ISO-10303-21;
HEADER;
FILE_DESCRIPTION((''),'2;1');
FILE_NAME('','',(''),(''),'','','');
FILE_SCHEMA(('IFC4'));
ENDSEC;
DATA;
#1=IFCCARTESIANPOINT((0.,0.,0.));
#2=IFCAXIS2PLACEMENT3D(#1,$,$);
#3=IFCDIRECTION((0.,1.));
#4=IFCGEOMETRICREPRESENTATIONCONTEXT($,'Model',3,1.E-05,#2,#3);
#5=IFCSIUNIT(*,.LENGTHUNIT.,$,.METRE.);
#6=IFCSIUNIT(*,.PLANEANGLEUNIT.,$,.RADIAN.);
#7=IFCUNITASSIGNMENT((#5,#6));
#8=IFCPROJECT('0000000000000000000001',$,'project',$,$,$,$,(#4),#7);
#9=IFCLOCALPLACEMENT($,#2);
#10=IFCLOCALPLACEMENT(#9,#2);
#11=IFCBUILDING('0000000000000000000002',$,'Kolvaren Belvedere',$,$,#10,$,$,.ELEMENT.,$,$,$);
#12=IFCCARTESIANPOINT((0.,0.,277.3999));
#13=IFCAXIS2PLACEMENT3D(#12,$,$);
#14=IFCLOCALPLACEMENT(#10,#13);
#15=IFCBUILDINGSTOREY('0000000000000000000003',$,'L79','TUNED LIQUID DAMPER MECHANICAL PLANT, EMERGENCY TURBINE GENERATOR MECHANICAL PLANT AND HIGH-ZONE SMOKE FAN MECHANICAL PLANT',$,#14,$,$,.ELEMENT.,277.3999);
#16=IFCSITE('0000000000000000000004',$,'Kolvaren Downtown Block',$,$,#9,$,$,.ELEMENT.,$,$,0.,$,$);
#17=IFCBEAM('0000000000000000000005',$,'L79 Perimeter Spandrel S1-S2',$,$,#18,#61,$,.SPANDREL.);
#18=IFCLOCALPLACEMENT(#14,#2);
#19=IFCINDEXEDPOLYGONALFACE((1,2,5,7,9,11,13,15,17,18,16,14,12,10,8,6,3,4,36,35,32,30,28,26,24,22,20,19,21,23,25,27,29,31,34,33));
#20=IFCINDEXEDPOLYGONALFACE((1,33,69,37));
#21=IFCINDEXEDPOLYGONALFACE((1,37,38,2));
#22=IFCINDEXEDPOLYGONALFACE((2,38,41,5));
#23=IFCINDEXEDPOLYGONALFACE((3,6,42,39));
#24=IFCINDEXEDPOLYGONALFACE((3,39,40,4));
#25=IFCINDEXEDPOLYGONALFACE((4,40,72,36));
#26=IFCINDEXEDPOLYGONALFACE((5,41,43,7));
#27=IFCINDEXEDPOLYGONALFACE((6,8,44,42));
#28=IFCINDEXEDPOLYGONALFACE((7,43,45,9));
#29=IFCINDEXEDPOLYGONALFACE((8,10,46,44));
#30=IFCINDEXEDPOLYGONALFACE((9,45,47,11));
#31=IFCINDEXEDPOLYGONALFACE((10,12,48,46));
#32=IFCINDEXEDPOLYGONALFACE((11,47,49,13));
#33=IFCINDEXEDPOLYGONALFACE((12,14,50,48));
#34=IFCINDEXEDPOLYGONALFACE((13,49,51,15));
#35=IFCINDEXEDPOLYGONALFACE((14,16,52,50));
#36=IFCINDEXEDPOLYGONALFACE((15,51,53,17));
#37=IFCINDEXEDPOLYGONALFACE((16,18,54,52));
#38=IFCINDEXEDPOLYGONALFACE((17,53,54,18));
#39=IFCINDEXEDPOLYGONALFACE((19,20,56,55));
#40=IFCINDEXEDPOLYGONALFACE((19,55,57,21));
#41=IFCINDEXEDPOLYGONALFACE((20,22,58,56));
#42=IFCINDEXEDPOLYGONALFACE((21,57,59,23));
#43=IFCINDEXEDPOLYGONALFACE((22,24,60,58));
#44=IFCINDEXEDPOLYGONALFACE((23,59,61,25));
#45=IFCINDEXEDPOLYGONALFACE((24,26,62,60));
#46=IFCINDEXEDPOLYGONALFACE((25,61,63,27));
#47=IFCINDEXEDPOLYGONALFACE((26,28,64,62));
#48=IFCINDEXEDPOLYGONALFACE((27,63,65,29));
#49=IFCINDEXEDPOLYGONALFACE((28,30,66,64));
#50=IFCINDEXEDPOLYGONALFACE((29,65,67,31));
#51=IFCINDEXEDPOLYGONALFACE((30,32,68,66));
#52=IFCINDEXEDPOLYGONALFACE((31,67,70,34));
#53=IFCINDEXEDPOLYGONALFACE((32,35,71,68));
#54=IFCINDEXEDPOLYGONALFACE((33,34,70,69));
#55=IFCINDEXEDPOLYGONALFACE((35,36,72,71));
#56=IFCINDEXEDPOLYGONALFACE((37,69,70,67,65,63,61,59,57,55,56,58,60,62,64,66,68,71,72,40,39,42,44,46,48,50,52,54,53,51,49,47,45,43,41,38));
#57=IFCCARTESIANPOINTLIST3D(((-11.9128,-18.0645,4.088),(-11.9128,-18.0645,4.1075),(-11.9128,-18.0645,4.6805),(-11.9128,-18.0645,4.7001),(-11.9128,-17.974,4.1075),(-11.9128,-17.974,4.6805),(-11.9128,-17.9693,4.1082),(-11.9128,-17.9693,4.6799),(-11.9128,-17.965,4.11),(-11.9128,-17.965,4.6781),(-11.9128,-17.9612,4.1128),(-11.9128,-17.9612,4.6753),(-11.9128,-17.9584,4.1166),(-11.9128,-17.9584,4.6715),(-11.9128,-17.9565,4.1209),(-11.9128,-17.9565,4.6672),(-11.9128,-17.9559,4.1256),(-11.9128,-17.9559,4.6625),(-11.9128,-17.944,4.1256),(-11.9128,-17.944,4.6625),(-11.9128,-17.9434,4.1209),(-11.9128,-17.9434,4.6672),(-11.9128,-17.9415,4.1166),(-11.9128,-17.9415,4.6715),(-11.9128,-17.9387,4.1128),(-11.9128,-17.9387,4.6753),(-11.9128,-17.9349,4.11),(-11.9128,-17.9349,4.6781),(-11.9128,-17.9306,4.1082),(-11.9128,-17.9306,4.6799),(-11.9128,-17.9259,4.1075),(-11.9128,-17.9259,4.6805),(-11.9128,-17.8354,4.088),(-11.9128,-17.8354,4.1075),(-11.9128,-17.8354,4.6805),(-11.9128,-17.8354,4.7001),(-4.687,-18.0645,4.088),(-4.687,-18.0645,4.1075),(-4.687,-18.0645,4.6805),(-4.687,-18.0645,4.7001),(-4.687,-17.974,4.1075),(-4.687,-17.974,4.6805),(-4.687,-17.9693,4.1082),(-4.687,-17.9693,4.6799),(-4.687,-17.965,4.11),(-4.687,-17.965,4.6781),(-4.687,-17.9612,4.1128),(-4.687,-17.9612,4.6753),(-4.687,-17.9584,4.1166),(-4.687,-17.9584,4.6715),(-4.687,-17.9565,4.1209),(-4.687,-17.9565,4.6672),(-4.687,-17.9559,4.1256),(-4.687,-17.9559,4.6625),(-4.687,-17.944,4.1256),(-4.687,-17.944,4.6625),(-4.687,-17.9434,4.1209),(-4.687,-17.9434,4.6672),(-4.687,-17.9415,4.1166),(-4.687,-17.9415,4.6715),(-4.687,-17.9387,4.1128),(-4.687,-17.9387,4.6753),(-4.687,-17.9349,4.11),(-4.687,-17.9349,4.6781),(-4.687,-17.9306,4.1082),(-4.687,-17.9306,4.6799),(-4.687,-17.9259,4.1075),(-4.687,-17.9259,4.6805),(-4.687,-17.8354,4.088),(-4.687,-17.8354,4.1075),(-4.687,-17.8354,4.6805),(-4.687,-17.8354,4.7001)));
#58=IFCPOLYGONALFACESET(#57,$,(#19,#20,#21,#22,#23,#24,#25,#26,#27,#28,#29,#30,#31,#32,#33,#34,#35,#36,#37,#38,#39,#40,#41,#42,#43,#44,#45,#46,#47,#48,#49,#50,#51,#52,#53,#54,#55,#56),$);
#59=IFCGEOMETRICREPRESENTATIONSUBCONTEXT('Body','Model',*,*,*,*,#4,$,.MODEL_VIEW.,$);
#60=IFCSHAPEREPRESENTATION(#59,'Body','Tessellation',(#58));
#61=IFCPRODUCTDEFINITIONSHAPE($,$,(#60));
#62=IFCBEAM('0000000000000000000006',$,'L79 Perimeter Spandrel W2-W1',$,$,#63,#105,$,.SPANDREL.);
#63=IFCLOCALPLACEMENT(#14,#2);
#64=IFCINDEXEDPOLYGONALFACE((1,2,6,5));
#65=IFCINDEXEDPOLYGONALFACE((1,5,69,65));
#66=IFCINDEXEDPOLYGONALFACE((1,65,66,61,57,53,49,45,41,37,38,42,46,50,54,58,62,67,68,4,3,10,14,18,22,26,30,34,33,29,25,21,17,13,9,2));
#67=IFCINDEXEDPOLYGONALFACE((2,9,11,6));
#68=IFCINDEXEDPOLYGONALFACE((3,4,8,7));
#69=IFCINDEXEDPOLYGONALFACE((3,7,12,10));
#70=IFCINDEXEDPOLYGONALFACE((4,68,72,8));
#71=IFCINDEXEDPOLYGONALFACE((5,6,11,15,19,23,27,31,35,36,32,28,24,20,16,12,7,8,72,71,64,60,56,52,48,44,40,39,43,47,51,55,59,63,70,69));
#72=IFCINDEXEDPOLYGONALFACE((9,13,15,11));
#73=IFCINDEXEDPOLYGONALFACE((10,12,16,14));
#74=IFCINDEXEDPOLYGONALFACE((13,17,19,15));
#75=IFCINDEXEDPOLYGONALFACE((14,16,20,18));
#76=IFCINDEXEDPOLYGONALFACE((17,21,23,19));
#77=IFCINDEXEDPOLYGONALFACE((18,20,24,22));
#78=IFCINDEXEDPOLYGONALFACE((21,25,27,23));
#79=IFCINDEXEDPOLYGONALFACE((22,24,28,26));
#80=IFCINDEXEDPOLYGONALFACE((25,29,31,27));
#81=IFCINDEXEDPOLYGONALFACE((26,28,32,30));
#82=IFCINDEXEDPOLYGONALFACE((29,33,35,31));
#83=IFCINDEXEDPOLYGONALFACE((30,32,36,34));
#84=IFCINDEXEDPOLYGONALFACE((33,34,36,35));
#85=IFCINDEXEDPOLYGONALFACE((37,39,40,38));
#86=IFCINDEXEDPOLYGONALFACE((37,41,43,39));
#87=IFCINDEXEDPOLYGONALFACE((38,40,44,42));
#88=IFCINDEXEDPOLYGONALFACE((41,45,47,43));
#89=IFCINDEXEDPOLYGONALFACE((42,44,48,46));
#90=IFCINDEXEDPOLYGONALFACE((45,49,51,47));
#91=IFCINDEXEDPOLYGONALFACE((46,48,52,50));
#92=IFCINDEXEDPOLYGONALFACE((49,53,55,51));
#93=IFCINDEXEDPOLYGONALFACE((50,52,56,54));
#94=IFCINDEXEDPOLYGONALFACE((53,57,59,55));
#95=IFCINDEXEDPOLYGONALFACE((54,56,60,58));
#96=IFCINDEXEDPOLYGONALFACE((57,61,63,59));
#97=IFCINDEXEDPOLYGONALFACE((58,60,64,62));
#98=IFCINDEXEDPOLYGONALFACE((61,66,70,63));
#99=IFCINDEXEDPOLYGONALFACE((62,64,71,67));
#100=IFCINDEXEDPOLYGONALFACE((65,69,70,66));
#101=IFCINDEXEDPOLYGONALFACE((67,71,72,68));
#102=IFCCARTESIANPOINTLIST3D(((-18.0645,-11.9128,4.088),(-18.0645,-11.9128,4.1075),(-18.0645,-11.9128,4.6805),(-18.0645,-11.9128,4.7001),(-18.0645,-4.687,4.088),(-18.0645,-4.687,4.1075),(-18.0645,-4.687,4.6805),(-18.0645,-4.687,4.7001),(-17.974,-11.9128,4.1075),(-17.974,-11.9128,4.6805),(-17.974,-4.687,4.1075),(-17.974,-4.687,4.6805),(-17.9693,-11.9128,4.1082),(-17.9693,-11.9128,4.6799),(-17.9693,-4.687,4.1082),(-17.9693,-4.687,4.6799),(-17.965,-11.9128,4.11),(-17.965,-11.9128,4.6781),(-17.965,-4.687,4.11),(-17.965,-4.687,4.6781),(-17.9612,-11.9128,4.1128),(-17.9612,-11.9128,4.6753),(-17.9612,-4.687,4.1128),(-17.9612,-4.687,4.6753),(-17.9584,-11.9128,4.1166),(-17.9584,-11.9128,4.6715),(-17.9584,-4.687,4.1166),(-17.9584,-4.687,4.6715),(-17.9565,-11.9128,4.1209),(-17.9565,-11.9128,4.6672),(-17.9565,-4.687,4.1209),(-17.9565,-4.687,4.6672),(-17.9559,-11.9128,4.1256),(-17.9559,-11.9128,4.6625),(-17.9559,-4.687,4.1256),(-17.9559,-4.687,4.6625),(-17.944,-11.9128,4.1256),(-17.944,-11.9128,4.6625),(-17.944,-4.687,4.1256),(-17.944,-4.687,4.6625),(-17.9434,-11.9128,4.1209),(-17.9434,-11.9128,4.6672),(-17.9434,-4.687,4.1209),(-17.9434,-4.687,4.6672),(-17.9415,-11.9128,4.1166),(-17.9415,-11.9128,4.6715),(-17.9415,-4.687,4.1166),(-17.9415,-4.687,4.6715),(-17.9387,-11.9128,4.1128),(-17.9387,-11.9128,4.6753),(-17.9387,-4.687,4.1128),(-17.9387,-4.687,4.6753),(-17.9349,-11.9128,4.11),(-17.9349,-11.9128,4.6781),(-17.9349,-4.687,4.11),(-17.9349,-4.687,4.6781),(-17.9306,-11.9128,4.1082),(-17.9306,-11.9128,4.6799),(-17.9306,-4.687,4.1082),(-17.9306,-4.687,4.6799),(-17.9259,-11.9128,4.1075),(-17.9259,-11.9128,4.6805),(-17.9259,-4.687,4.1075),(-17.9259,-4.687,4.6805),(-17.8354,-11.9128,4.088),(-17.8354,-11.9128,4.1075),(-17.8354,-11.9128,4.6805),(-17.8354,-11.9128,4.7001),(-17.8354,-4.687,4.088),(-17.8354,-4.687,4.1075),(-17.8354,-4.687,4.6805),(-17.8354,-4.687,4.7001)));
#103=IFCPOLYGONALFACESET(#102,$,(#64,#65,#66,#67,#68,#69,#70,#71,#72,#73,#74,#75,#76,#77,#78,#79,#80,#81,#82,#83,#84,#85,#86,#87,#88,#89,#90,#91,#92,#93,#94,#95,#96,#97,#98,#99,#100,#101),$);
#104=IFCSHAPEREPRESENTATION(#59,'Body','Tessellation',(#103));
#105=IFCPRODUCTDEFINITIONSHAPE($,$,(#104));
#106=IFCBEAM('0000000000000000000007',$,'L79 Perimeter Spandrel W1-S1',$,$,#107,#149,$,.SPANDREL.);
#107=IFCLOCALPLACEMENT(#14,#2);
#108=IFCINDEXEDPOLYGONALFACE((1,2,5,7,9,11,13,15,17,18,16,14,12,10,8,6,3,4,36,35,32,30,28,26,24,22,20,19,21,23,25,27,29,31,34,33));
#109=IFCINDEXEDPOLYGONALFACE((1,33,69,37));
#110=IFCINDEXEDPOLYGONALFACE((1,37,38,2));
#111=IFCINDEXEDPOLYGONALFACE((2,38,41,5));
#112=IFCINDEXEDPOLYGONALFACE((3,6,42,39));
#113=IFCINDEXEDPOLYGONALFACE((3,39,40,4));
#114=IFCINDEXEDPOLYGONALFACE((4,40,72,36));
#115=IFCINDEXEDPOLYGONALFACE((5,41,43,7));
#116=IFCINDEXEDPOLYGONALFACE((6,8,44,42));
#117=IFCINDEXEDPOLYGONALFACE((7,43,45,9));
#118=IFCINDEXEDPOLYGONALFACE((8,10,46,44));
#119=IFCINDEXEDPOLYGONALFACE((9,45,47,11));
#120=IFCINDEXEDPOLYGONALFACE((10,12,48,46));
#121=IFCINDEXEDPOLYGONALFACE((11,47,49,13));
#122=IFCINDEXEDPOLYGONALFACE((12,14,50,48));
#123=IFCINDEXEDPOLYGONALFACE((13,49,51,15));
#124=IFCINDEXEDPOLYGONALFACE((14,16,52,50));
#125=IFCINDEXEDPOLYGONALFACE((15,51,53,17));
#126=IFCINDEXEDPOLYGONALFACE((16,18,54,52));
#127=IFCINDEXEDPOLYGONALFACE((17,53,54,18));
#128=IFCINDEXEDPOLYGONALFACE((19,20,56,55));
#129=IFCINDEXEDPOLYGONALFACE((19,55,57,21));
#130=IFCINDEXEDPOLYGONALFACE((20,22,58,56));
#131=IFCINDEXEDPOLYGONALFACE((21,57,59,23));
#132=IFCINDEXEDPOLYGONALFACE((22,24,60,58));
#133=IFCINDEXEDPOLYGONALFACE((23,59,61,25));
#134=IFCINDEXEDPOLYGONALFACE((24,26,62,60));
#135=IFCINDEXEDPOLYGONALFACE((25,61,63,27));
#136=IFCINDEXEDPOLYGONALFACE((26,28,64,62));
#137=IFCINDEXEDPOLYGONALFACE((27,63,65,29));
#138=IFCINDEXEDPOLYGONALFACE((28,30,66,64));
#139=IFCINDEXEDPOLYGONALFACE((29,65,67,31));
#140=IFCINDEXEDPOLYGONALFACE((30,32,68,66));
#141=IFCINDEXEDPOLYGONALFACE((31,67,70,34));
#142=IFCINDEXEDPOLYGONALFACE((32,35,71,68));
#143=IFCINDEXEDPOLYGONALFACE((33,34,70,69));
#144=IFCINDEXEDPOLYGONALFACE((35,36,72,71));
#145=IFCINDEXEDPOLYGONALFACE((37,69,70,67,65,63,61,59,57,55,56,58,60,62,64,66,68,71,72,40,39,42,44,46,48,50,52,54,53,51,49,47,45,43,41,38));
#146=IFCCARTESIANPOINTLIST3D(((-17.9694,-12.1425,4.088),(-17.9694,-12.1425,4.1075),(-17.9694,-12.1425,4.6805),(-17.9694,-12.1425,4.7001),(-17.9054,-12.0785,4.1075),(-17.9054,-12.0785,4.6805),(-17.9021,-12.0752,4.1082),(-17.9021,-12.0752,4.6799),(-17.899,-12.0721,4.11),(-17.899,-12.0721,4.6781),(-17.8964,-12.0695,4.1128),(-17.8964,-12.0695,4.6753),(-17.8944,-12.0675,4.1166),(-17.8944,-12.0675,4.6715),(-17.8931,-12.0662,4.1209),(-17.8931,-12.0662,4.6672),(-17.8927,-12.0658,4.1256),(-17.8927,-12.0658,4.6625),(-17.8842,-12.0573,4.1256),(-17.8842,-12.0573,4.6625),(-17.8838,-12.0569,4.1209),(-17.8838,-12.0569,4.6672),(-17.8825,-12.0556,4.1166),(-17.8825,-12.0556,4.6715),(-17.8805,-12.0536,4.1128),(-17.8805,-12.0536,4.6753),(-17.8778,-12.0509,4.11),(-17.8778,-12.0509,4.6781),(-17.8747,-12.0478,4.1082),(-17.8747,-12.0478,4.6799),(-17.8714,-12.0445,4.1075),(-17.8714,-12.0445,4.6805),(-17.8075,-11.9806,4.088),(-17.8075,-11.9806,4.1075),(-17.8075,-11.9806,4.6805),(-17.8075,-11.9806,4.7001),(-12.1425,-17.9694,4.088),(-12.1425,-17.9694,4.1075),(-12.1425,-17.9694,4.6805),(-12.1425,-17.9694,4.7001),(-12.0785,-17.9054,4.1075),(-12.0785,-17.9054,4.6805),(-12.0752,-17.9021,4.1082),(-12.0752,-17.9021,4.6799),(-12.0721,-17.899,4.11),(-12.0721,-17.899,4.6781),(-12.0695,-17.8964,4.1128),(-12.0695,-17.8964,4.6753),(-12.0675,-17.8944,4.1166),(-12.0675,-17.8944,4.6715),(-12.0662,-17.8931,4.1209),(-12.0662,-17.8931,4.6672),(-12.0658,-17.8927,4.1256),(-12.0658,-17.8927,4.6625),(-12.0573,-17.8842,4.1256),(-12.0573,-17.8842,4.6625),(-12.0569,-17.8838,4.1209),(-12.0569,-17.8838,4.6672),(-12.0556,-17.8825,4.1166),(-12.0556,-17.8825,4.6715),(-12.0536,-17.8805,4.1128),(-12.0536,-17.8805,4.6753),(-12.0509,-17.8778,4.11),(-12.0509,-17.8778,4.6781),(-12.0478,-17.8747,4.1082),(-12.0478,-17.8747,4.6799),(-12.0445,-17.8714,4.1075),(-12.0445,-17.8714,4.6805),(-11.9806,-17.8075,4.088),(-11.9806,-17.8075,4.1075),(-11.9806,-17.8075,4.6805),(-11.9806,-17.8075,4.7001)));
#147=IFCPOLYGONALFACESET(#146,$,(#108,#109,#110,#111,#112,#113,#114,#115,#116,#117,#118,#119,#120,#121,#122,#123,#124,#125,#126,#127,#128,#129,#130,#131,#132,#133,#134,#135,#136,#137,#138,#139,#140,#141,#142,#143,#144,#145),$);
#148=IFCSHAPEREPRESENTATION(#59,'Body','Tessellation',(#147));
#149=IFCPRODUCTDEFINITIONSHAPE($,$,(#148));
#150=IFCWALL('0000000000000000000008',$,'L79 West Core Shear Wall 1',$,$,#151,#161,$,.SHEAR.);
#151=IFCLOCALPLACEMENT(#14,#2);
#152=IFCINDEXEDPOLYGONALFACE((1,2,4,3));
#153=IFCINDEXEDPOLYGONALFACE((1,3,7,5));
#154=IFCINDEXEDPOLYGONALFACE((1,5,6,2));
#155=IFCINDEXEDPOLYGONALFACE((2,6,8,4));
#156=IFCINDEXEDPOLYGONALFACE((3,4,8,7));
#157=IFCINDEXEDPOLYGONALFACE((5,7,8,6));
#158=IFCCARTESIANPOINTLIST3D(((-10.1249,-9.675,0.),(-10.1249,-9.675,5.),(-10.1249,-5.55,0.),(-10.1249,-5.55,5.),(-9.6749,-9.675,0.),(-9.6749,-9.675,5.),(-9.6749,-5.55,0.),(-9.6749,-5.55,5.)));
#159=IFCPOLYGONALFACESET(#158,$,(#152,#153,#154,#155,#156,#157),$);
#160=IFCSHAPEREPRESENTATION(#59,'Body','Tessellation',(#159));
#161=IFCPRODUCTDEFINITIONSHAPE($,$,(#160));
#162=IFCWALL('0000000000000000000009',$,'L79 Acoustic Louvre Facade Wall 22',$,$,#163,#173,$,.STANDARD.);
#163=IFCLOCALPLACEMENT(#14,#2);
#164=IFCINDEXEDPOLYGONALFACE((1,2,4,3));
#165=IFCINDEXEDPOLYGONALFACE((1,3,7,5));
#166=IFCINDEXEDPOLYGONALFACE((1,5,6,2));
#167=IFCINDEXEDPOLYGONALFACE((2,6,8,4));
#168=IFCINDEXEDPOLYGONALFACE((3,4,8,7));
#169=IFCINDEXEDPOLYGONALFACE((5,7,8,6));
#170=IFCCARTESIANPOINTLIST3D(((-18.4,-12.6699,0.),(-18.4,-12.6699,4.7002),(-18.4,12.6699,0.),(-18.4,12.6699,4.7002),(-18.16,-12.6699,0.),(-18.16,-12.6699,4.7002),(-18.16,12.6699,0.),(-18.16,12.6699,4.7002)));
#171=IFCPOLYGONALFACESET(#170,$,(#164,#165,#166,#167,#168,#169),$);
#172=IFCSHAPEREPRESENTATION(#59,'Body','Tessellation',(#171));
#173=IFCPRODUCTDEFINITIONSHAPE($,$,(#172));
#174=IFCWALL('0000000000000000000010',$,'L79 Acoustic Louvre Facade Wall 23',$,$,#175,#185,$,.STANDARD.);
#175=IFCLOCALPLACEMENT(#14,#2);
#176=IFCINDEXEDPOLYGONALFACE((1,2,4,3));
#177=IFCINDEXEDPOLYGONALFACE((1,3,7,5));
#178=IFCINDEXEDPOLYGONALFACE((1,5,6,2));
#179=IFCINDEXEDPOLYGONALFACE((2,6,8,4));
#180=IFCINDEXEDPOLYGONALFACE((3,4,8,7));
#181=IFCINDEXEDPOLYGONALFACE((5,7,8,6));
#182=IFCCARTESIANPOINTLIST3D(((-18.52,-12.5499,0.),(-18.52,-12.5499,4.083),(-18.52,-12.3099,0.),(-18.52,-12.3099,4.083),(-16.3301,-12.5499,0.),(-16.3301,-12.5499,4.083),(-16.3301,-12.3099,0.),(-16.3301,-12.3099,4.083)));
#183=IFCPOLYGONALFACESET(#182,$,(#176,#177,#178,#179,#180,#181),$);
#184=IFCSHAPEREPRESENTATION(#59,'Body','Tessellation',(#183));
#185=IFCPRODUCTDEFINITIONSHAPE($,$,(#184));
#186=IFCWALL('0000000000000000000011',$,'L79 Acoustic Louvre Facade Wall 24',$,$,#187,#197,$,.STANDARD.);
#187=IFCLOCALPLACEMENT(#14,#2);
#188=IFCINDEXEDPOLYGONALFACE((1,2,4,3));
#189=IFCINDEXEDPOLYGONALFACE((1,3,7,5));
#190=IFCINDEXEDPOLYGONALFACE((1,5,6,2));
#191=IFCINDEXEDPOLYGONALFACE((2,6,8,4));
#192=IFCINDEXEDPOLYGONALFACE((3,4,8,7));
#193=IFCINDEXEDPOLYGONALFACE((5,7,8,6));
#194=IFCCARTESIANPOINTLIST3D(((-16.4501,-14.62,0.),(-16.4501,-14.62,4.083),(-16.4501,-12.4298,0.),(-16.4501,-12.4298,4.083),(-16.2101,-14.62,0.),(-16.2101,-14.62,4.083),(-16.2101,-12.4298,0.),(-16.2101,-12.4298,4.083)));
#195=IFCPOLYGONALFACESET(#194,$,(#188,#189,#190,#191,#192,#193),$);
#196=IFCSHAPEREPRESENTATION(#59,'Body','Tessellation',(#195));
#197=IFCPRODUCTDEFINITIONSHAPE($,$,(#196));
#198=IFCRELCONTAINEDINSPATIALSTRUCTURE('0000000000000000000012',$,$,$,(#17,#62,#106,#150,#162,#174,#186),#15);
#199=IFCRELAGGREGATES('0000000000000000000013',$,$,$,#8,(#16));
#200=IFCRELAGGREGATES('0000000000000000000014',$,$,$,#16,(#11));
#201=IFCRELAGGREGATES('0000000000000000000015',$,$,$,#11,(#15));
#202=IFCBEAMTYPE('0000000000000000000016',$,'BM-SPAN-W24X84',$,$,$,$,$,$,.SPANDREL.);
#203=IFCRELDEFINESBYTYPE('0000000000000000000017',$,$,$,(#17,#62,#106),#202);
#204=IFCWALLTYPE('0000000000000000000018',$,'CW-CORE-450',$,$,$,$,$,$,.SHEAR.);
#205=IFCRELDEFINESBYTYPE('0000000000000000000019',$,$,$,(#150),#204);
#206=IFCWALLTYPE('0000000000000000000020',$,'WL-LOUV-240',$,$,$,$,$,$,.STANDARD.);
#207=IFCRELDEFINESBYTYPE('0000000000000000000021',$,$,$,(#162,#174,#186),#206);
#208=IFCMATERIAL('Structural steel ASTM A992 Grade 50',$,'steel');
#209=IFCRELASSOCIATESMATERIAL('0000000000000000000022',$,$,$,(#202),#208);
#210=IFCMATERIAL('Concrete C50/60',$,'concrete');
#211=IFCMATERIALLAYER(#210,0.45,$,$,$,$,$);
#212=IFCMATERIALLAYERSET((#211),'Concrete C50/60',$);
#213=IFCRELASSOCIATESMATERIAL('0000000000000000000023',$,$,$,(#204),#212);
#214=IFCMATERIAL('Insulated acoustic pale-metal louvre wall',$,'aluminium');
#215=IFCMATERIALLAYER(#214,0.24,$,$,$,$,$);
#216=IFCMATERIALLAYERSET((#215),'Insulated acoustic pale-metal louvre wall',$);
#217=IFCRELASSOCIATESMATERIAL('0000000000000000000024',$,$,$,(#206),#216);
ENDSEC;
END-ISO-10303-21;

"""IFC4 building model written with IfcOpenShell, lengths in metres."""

from ifc_helpers import new_model, si_unit, direction, frame, frame_2d, origin, origin_2d, place, context, subcontext, project, spatial, rectangle, i_section, extrude, material, layer, layer_set, material_profile, profile_set, type_object, element, save


model = new_model("IFC4")

# Units and contexts
model_context = context("Model", 3, precision=1e-05, world=origin(), true_north=direction((0.0, 1.0)))
body_context = subcontext(model_context, "Body", "Model", "MODEL_VIEW")
ifc_project = project(units=[si_unit("LENGTHUNIT", "METRE"), si_unit("PLANEANGLEUNIT", "RADIAN")], contexts=[model_context])

# Site, building, storey
site_placement = place(None, origin())
site = spatial("IfcSite", under=ifc_project, at=site_placement, Name="Kolvaren Downtown Block", CompositionType="ELEMENT", RefElevation=0.0)
building_placement = place(site_placement, origin())
building = spatial("IfcBuilding", under=site, at=building_placement, Name="Kolvaren Belvedere", CompositionType="ELEMENT")
storey_placement = place(building_placement, frame((0.0, 0.0, 277.3999)))
storey = spatial("IfcBuildingStorey", under=building, at=storey_placement, Name="L79", Description="TUNED LIQUID DAMPER MECHANICAL PLANT, EMERGENCY TURBINE GENERATOR MECHANICAL PLANT AND HIGH-ZONE SMOKE FAN MECHANICAL PLANT", CompositionType="ELEMENT", Elevation=277.3999)

# Beams
ifc_material_1 = material(Name="Structural steel ASTM A992 Grade 50", Category="steel")
ifc_material_profile_1 = material_profile(ifc_material_1, i_section(OverallWidth=0.229, OverallDepth=0.6121, WebThickness=0.012, FlangeThickness=0.0195, FilletRadius=0.0181, at=origin_2d()), Name="W24X84")
ifc_profile_set_1 = profile_set([ifc_material_profile_1], Name="Structural steel ASTM A992 Grade 50")
beam_type_1 = type_object("IfcBeamType", Name="BM-SPAN-W24X84", PredefinedType="SPANDREL", material=ifc_profile_set_1)
for number, where, z_axis, x_axis, name in (
    (1, (-11.9128, -17.95, 4.394), (1.0, 0.0, 0.0), (0.0, 1.0, 0.0), "L79 Perimeter Spandrel S1-S2"),
    (2, (-17.95, -4.687, 4.394), (0.0, -1.0, 0.0), (1.0, 0.0, 0.0), "L79 Perimeter Spandrel W2-W1"),
):
    element("IfcBeam", number, at=place(storey_placement, frame(where, z_axis=z_axis, x_axis=x_axis)), inside=storey, type_object=beam_type_1, Name=name, PredefinedType="SPANDREL", context=body_context, shape_type="SweptSolid", body=[
        extrude(i_section(OverallWidth=0.229, OverallDepth=0.6121, WebThickness=0.012, FlangeThickness=0.0195, FilletRadius=0.0181, at=origin_2d()), origin(), (0.0, 0.0, 1.0), 7.2258),
    ])
beam_1_placement = place(storey_placement, frame((-17.8884, -12.0615, 4.394), z_axis=(0.707107, -0.707107, 0.0), x_axis=(0.707107, 0.707107, 0.0)))
element("IfcBeam", 3, at=beam_1_placement, inside=storey, type_object=beam_type_1, Name="L79 Perimeter Spandrel W1-S1", PredefinedType="SPANDREL", context=body_context, shape_type="SweptSolid", body=[
    extrude(i_section(OverallWidth=0.229, OverallDepth=0.6121, WebThickness=0.012, FlangeThickness=0.0195, FilletRadius=0.0181, at=origin_2d()), origin(), (0.0, 0.0, 1.0), 8.2405),
])

# Walls
ifc_material_2 = material(Name="Concrete C50/60", Category="concrete")
ifc_layer_1 = layer(ifc_material_2, 0.45)
ifc_layer_set_1 = layer_set([ifc_layer_1], Name="Concrete C50/60")
wall_type_1 = type_object("IfcWallType", Name="CW-CORE-450", PredefinedType="SHEAR", material=ifc_layer_set_1)
wall_1_placement = place(storey_placement, frame((-9.8999, -9.675, 0.0), z_axis=(0.0, 0.0, 1.0), x_axis=(0.0, 1.0, 0.0)))
element("IfcWall", 4, at=wall_1_placement, inside=storey, type_object=wall_type_1, Name="L79 West Core Shear Wall 1", PredefinedType="SHEAR", context=body_context, shape_type="SweptSolid", body=[
    extrude(rectangle(XDim=4.125, YDim=0.45, at=frame_2d((2.0625, 0.0))), origin(), (0.0, 0.0, 1.0), 5.0),
])
ifc_material_3 = material(Name="Insulated acoustic pale-metal louvre wall", Category="aluminium")
ifc_layer_2 = layer(ifc_material_3, 0.24)
ifc_layer_set_2 = layer_set([ifc_layer_2], Name="Insulated acoustic pale-metal louvre wall")
wall_type_2 = type_object("IfcWallType", Name="WL-LOUV-240", PredefinedType="STANDARD", material=ifc_layer_set_2)
wall_2_placement = place(storey_placement, frame((-18.28, -12.6699, 0.0), z_axis=(0.0, 0.0, 1.0), x_axis=(0.0, 1.0, 0.0)))
element("IfcWall", 5, at=wall_2_placement, inside=storey, type_object=wall_type_2, Name="L79 Acoustic Louvre Facade Wall 22", PredefinedType="STANDARD", context=body_context, shape_type="SweptSolid", body=[
    extrude(rectangle(XDim=25.3398, YDim=0.24, at=frame_2d((12.6699, 0.0))), origin(), (0.0, 0.0, 1.0), 4.7002),
])
wall_3_placement = place(storey_placement, frame((-16.3301, -12.4299, 0.0), z_axis=(0.0, 0.0, 1.0), x_axis=(-1.0, 0.0, 0.0)))
element("IfcWall", 6, at=wall_3_placement, inside=storey, type_object=wall_type_2, Name="L79 Acoustic Louvre Facade Wall 23", PredefinedType="STANDARD", context=body_context, shape_type="SweptSolid", body=[
    extrude(rectangle(XDim=2.1899, YDim=0.24, at=frame_2d((1.095, 0.0))), origin(), (0.0, 0.0, 1.0), 4.083),
])
for number, where, z_axis, x_axis, name in (
    (7, (-16.3301, -14.6201, 0.0), (0.0, 0.0, 1.0), (0.0, 1.0, 0.0), "L79 Acoustic Louvre Facade Wall 24"),
):
    element("IfcWall", number, at=place(storey_placement, frame(where, z_axis=z_axis, x_axis=x_axis)), inside=storey, type_object=wall_type_2, Name=name, PredefinedType="STANDARD", context=body_context, shape_type="SweptSolid", body=[
        extrude(rectangle(XDim=2.1902, YDim=0.24, at=frame_2d((1.0952, 0.0))), origin(), (0.0, 0.0, 1.0), 4.083),
    ])

save(model, "model.ifc")
